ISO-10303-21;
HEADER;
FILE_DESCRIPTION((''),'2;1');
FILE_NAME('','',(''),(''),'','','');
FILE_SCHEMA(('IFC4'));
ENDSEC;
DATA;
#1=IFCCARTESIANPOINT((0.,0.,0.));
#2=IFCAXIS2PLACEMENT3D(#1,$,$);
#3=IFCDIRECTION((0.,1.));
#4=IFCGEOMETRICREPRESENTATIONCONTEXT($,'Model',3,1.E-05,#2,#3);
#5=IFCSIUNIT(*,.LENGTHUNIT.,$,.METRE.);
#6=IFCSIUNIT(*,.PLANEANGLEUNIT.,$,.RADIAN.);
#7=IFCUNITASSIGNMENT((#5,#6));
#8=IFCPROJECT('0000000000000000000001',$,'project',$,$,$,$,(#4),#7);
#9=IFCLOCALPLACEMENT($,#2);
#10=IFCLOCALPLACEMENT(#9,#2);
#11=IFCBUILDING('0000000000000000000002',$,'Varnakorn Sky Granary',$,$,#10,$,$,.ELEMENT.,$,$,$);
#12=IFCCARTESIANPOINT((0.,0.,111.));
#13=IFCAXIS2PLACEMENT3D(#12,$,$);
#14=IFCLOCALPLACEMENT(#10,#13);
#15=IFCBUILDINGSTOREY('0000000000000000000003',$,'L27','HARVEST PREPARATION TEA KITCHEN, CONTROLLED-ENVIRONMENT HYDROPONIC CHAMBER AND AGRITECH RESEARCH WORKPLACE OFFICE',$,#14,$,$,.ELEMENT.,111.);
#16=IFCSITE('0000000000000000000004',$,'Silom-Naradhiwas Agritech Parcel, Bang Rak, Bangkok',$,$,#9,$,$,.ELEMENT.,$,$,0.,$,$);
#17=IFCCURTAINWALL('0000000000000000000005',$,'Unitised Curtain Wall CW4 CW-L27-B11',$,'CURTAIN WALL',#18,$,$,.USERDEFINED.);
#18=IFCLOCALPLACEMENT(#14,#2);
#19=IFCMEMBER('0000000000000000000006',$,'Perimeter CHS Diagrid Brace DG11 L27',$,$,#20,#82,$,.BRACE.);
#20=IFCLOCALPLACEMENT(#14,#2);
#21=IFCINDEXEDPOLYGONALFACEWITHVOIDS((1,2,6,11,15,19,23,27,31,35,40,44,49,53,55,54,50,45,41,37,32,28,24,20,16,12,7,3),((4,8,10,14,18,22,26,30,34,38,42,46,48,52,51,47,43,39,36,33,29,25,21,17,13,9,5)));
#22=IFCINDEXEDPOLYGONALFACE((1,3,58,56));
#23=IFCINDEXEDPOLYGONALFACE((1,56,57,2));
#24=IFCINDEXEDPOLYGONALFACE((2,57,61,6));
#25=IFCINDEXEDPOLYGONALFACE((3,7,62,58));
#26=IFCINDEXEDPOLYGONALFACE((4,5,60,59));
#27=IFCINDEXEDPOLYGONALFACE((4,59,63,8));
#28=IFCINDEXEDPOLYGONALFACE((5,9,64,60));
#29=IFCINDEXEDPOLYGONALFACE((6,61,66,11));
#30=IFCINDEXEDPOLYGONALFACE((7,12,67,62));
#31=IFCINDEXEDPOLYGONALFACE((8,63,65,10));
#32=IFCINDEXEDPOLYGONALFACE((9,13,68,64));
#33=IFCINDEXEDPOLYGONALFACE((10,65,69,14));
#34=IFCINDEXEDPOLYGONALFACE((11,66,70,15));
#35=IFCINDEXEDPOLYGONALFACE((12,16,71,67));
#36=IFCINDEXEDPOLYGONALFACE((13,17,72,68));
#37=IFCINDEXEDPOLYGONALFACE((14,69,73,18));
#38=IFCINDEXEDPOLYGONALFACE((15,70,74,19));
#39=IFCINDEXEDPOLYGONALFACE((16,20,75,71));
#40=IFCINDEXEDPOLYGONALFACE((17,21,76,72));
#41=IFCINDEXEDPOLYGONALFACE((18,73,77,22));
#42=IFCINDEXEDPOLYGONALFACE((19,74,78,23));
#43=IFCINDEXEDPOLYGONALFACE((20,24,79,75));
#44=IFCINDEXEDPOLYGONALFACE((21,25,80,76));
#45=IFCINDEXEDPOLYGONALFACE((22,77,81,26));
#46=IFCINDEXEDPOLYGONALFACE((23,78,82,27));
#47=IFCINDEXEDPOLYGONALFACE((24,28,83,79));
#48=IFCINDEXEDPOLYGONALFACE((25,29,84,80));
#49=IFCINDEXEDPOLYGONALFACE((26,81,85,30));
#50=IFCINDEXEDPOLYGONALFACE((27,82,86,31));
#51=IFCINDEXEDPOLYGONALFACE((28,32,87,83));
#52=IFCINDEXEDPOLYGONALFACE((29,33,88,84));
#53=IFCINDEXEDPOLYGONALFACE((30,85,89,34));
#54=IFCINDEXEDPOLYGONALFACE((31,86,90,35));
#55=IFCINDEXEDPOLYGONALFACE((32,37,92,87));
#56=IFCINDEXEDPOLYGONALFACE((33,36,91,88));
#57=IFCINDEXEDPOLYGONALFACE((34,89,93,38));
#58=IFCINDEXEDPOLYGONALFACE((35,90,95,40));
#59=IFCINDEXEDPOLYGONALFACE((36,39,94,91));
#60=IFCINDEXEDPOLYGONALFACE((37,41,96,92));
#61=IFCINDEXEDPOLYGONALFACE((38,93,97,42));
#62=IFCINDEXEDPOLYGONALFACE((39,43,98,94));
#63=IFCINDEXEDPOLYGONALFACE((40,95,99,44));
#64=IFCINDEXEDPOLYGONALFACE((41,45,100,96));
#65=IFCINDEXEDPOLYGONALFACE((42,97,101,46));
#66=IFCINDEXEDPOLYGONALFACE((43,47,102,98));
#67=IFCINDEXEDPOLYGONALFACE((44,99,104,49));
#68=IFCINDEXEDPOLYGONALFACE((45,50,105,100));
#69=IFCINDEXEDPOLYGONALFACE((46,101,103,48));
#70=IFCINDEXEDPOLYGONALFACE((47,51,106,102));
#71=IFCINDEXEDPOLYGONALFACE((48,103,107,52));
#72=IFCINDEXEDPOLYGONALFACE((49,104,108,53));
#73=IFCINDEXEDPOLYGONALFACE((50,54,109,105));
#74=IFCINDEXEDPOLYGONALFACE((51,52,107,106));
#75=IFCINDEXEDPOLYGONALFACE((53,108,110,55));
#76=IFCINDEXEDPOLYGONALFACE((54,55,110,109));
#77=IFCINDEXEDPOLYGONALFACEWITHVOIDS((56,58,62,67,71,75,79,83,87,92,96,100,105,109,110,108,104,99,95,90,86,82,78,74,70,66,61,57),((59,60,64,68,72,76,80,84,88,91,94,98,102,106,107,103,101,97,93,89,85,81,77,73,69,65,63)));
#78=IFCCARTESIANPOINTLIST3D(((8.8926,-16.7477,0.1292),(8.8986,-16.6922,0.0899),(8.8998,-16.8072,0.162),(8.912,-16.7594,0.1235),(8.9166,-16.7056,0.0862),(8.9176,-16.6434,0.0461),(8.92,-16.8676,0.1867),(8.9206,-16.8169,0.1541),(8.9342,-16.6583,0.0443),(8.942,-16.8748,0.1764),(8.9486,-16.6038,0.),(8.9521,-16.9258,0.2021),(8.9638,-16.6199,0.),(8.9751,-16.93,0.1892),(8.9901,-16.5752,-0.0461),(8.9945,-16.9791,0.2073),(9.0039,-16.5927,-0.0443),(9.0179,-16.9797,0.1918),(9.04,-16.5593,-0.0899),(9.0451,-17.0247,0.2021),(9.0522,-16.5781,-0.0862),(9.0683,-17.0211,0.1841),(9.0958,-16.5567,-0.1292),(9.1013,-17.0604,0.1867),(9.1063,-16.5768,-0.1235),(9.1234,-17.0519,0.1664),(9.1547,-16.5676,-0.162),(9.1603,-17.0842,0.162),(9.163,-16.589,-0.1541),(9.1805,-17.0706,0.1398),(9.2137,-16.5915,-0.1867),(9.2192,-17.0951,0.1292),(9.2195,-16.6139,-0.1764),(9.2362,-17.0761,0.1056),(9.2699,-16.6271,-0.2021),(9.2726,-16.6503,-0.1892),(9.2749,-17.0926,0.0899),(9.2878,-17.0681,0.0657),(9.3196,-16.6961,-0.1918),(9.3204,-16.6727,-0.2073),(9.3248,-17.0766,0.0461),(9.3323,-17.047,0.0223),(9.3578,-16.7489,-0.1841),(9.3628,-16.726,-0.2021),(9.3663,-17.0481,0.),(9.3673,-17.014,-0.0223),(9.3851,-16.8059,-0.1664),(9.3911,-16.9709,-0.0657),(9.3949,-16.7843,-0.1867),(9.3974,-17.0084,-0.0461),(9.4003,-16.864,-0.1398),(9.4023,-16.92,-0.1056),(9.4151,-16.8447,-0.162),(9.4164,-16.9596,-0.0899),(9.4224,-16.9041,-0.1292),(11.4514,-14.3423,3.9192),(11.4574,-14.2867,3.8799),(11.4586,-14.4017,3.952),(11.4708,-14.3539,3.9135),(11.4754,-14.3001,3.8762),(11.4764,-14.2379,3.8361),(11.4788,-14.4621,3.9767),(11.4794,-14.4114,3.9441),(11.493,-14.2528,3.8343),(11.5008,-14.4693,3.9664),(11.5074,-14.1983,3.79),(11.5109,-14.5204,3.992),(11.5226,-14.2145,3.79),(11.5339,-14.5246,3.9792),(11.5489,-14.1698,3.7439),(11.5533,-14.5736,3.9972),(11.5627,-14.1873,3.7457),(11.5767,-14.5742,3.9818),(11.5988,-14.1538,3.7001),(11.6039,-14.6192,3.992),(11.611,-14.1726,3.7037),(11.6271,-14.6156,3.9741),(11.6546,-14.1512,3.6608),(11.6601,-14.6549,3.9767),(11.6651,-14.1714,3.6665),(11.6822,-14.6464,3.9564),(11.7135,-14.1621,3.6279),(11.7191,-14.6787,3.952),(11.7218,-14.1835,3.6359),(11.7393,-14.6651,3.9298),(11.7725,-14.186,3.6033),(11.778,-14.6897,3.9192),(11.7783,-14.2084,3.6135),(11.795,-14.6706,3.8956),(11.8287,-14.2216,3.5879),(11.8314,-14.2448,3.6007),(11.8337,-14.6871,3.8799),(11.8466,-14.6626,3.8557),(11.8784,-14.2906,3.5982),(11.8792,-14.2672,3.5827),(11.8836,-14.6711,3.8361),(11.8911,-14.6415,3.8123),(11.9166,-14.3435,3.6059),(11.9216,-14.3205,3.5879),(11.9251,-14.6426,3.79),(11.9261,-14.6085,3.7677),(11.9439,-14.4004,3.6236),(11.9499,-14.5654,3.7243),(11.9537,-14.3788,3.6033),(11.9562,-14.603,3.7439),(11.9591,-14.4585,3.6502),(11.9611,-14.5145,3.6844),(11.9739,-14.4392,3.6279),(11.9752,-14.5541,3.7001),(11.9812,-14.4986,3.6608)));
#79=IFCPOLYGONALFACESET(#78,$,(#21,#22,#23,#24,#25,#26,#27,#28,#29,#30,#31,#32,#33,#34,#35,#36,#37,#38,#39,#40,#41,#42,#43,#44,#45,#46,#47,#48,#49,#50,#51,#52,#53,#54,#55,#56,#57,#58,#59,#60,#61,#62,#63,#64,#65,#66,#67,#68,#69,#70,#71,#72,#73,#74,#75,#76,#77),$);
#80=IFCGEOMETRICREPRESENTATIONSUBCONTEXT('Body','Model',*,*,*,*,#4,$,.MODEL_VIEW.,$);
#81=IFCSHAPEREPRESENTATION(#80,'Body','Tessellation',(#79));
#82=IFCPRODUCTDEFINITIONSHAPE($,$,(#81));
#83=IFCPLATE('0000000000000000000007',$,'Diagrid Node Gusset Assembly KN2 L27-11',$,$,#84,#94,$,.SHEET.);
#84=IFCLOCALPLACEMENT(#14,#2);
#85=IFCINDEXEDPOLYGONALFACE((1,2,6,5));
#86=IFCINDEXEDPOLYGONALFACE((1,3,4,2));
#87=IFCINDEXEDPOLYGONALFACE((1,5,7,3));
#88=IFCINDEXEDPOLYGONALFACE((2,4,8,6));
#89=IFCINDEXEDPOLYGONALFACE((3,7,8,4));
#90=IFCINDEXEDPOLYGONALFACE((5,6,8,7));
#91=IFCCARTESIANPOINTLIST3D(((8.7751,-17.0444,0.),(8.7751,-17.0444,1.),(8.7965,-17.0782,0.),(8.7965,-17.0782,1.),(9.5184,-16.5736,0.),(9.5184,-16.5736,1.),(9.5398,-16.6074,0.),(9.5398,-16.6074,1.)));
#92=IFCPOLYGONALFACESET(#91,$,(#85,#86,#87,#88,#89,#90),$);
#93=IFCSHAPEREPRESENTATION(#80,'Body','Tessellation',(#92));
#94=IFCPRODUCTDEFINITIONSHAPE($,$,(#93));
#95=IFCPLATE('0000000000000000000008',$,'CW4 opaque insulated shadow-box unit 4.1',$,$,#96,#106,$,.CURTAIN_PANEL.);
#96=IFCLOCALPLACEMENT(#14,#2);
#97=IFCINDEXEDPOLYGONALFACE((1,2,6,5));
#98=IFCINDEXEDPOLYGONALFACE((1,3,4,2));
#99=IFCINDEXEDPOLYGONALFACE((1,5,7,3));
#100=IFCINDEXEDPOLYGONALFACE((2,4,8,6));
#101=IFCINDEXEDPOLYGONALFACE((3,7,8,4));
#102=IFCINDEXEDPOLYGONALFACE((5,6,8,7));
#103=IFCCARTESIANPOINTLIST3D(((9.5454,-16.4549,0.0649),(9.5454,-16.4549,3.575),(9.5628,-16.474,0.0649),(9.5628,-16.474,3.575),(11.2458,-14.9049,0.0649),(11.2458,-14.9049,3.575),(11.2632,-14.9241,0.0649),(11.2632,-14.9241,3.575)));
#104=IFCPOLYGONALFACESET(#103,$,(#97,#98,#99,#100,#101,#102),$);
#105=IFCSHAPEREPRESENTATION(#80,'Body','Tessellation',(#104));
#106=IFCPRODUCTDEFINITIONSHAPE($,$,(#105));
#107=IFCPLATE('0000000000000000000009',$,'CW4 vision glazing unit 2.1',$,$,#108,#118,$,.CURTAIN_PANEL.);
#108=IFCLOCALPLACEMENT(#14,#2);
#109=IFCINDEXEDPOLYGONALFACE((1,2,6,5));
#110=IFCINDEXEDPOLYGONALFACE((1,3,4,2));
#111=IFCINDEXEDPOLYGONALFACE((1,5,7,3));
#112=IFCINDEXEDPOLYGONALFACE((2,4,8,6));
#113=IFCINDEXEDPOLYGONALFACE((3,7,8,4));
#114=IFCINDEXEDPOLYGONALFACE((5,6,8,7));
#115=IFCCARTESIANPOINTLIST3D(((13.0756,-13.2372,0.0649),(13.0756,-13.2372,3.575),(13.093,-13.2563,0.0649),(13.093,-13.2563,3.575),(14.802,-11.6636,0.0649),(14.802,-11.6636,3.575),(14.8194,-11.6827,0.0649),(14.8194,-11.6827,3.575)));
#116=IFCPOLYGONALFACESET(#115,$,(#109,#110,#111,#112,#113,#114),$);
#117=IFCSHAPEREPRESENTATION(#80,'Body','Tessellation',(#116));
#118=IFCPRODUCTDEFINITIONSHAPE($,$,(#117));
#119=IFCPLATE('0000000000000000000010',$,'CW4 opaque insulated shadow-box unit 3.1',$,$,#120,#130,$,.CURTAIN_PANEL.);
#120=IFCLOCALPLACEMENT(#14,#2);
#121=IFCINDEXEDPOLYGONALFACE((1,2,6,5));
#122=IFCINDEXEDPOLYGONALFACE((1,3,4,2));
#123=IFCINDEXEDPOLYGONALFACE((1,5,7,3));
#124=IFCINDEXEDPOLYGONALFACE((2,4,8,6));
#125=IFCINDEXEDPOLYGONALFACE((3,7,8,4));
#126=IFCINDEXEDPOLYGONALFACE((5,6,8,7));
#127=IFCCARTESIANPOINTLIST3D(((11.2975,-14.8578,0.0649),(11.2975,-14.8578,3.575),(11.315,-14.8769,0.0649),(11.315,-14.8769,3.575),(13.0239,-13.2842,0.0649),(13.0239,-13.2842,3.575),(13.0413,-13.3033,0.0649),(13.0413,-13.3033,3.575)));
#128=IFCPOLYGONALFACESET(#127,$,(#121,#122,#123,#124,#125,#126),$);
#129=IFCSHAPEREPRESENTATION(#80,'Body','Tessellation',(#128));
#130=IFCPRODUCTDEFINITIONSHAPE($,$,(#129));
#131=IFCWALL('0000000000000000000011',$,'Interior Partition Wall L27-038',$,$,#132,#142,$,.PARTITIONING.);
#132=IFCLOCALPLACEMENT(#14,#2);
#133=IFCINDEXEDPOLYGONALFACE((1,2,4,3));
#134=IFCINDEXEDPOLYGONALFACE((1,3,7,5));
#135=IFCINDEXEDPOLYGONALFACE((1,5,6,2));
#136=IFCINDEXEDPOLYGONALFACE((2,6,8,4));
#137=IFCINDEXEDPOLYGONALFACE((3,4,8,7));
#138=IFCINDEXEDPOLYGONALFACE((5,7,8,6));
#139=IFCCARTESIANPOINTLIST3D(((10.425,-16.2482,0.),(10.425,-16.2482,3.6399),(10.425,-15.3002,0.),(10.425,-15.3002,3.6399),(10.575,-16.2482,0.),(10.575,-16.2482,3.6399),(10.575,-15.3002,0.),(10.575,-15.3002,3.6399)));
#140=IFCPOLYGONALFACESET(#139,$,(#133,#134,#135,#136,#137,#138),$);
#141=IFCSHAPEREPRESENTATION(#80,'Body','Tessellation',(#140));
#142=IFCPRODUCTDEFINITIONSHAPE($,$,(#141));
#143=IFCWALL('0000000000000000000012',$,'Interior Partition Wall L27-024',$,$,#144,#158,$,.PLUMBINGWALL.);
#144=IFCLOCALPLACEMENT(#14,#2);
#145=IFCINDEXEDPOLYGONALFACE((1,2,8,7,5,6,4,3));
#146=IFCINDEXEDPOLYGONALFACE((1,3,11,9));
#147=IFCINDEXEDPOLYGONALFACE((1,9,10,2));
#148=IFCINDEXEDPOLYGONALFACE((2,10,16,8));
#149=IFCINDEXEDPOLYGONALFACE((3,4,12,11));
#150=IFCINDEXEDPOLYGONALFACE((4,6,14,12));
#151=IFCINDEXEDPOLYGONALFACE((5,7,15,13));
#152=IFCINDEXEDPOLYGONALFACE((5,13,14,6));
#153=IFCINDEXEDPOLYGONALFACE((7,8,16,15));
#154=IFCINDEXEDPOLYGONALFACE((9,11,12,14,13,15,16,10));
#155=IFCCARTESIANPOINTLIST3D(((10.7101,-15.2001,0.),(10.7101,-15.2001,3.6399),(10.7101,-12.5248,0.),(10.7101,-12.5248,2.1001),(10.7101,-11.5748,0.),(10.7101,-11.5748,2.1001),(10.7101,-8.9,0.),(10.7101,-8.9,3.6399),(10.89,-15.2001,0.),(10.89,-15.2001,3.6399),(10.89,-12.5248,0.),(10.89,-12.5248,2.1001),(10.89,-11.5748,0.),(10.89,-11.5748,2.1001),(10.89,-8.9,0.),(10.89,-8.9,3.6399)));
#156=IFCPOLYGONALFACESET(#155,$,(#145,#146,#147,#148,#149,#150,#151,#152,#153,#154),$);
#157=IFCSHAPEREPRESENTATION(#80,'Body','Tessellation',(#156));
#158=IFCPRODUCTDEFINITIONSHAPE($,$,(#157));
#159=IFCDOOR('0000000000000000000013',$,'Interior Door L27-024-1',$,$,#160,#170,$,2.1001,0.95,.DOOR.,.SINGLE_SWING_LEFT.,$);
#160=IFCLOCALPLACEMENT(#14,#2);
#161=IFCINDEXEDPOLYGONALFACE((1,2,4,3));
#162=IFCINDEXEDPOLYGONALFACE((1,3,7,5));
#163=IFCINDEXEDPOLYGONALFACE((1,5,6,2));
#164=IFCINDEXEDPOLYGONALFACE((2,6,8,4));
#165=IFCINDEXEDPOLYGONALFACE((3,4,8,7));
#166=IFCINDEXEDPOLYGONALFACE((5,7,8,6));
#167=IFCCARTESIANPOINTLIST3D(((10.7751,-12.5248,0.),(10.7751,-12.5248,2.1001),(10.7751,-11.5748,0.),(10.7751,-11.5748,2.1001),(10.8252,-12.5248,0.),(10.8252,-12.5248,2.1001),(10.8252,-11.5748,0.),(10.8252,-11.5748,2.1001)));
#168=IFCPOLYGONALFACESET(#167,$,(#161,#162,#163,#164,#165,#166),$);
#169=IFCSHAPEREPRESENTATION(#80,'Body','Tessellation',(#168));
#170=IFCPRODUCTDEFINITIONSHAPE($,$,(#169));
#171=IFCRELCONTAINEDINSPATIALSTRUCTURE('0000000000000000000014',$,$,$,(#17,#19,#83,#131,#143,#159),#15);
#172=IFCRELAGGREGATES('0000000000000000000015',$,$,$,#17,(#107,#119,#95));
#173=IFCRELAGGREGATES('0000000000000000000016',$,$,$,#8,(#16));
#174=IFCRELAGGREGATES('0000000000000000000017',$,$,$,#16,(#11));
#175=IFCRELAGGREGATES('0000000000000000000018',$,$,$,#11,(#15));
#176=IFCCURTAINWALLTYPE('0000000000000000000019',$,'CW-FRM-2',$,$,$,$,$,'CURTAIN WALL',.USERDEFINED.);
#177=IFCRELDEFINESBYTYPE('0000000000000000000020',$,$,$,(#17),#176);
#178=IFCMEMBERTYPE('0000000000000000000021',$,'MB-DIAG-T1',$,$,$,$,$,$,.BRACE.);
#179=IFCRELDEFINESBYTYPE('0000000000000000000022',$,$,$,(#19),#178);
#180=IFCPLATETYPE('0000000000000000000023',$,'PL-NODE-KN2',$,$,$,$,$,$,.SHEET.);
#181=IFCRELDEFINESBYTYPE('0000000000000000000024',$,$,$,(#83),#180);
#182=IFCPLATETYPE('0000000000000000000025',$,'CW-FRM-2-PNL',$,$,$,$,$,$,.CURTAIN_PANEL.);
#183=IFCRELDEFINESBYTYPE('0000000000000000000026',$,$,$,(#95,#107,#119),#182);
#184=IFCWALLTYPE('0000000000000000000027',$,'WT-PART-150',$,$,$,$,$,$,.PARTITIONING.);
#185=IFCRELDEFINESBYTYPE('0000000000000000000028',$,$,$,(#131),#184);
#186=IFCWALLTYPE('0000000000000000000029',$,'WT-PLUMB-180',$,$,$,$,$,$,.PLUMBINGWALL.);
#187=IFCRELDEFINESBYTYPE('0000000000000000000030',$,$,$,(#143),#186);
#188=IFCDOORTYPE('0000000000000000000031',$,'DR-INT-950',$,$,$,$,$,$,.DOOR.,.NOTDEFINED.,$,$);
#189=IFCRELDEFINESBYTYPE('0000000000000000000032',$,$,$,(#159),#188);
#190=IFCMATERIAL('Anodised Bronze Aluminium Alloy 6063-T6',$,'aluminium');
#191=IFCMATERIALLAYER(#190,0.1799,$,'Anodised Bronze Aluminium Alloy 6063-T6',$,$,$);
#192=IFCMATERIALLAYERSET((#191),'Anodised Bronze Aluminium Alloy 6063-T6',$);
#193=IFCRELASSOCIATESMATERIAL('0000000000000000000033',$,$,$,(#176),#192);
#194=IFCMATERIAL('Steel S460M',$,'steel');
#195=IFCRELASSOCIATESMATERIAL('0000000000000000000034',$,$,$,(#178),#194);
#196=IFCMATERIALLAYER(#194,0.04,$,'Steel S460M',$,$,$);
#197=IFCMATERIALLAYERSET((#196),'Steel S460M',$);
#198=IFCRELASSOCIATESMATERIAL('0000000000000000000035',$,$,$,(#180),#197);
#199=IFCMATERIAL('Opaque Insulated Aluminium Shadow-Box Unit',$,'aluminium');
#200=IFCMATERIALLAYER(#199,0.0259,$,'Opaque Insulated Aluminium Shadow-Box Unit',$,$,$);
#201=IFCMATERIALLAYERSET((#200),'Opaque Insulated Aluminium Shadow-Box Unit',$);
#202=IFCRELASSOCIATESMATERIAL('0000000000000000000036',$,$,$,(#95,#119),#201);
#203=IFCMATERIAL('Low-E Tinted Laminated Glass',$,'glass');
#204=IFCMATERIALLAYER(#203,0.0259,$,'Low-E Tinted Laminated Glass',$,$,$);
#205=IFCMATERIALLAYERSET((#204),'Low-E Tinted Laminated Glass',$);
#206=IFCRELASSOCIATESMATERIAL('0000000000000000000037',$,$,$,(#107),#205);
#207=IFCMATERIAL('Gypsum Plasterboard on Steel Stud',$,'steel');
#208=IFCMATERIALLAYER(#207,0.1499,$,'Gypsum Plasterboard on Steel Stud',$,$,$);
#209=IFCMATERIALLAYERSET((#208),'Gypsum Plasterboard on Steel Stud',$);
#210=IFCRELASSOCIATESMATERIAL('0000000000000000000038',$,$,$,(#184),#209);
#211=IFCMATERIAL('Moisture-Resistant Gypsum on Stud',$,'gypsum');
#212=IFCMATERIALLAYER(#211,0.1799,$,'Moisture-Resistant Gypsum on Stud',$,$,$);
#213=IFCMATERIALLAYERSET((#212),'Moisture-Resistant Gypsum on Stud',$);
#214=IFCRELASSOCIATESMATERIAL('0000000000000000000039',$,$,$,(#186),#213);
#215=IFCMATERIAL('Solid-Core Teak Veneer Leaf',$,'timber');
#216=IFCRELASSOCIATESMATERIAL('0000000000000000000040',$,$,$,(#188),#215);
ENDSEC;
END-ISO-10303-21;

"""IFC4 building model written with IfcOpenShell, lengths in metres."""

from ifc_helpers import new_model, si_unit, direction, frame, frame_2d, origin, origin_2d, place, context, subcontext, project, spatial, rectangle, hollow_circle, extrude, source, transform, mapped, material, layer, layer_set, material_profile, profile_set, type_object, type_shapes, element, fill, aggregate, save


model = new_model("IFC4")

# Units and contexts
model_context = context("Model", 3, precision=1e-05, world=origin(), true_north=direction((0.0, 1.0)))
body_context = subcontext(model_context, "Body", "Model", "MODEL_VIEW")
ifc_project = project(units=[si_unit("LENGTHUNIT", "METRE"), si_unit("PLANEANGLEUNIT", "RADIAN")], contexts=[model_context])

# Site, building, storey
site_placement = place(None, origin())
site = spatial("IfcSite", under=ifc_project, at=site_placement, Name="Silom-Naradhiwas Agritech Parcel, Bang Rak, Bangkok", CompositionType="ELEMENT", RefElevation=0.0)
building_placement = place(site_placement, origin())
building = spatial("IfcBuilding", under=site, at=building_placement, Name="Varnakorn Sky Granary", CompositionType="ELEMENT")
storey_placement = place(building_placement, frame((0.0, 0.0, 111.0)))
storey = spatial("IfcBuildingStorey", under=building, at=storey_placement, Name="L27", Description="HARVEST PREPARATION TEA KITCHEN, CONTROLLED-ENVIRONMENT HYDROPONIC CHAMBER AND AGRITECH RESEARCH WORKPLACE OFFICE", CompositionType="ELEMENT", Elevation=111.0)

# Shared definitions
ifc_material_1 = material(Name="Steel S460M", Category="steel")

# Curtain wall
ifc_material_2 = material(Name="Anodised Bronze Aluminium Alloy 6063-T6", Category="aluminium")
ifc_layer_1 = layer(ifc_material_2, 0.1799, Name="Anodised Bronze Aluminium Alloy 6063-T6")
ifc_layer_set_1 = layer_set([ifc_layer_1], Name="Anodised Bronze Aluminium Alloy 6063-T6")
curtain_wall_type = type_object("IfcCurtainWallType", Name="CW-FRM-2", ElementType="CURTAIN WALL", PredefinedType="USERDEFINED", material=ifc_layer_set_1)
curtain_wall_placement = place(storey_placement, origin())
curtain_wall = element("IfcCurtainWall", 1, at=curtain_wall_placement, inside=storey, type_object=curtain_wall_type, Name="Unitised Curtain Wall CW4 CW-L27-B11", ObjectType="CURTAIN WALL", PredefinedType="USERDEFINED")

# Member
ifc_material_profile_1 = material_profile(ifc_material_1, hollow_circle(Radius=0.3049, WallThickness=0.0222, at=origin_2d()), Name="CHS 610x22")
ifc_profile_set_1 = profile_set([ifc_material_profile_1], Name="Steel S460M")
member_type_1 = type_object("IfcMemberType", Name="MB-DIAG-T1", PredefinedType="BRACE", material=ifc_profile_set_1)
member_1_placement = place(storey_placement, frame((9.1575, -16.8259, 0.0), z_axis=(0.495221, 0.465548, 0.733499), x_axis=(-0.684942, 0.728598, 0.0)))
element("IfcMember", 2, at=member_1_placement, inside=storey, type_object=member_type_1, Name="Perimeter CHS Diagrid Brace DG11 L27", PredefinedType="BRACE", context=body_context, shape_type="SweptSolid", body=[
    extrude(hollow_circle(Radius=0.3049, WallThickness=0.0222, at=origin_2d()), origin(), (0.0, 0.0, 1.0), 5.167),
])

# Plates
ifc_layer_2 = layer(ifc_material_1, 0.04, Name="Steel S460M")
ifc_layer_set_2 = layer_set([ifc_layer_2], Name="Steel S460M")
plate_type_1 = type_object("IfcPlateType", Name="PL-NODE-KN2", PredefinedType="SHEET", material=ifc_layer_set_2)
plate_1_placement = place(storey_placement, frame((9.1575, -16.8259, 0.0), z_axis=(0.0, 0.0, 1.0), x_axis=(0.844796, 0.535089, 0.0)))
element("IfcPlate", 3, at=plate_1_placement, inside=storey, type_object=plate_type_1, Name="Diagrid Node Gusset Assembly KN2 L27-11", PredefinedType="SHEET", context=body_context, shape_type="SweptSolid", body=[
    extrude(rectangle(XDim=0.8799, YDim=0.04, at=origin_2d()), origin(), (0.0, 0.0, 1.0), 1.0),
])
ifc_material_3 = material(Name="Opaque Insulated Aluminium Shadow-Box Unit", Category="aluminium")
ifc_layer_3 = layer(ifc_material_3, 0.0259, Name="Opaque Insulated Aluminium Shadow-Box Unit")
ifc_layer_set_3 = layer_set([ifc_layer_3], Name="Opaque Insulated Aluminium Shadow-Box Unit")
plate_type_2 = type_object("IfcPlateType", Name="CW-FRM-2-PNL", PredefinedType="CURTAIN_PANEL")
shared_shape_1 = source(origin(), body_context, "Body", "SweptSolid", [
    extrude(rectangle(XDim=2.3008, YDim=0.0259, at=origin_2d()), origin(), (0.0, 0.0, 1.0), 3.51),
])
plate_2_placement = place(storey_placement, frame((10.4043, -15.6895, 0.0649), z_axis=(0.0, 0.0, 1.0), x_axis=(-0.739047, -0.673654, 0.0)))
plate_2 = element("IfcPlate", 4, at=plate_2_placement, type_object=plate_type_2, material=ifc_layer_set_3, Name="CW4 opaque insulated shadow-box unit 4.1", PredefinedType="CURTAIN_PANEL", context=body_context, shape_type="MappedRepresentation", body=[
    mapped(shared_shape_1, transform((0.0, 0.0, 0.0), x_axis=(1.0, 0.0, 0.0), y_axis=(0.0, 1.0, 0.0), z_axis=(0.0, 0.0, 1.0), scale=1.0)),
])
ifc_material_4 = material(Name="Low-E Tinted Laminated Glass", Category="glass")
ifc_layer_4 = layer(ifc_material_4, 0.0259, Name="Low-E Tinted Laminated Glass")
ifc_layer_set_4 = layer_set([ifc_layer_4], Name="Low-E Tinted Laminated Glass")
shared_shape_2 = source(origin(), body_context, "Body", "SweptSolid", [
    extrude(rectangle(XDim=2.3359, YDim=0.0259, at=origin_2d()), origin(), (0.0, 0.0, 1.0), 3.51),
])
type_shapes(plate_type_2, [shared_shape_1, shared_shape_2])
plate_3_placement = place(storey_placement, frame((13.9475, -12.46, 0.0649), z_axis=(0.0, 0.0, 1.0), x_axis=(-0.739047, -0.673654, 0.0)))
plate_3 = element("IfcPlate", 5, at=plate_3_placement, type_object=plate_type_2, material=ifc_layer_set_4, Name="CW4 vision glazing unit 2.1", PredefinedType="CURTAIN_PANEL", context=body_context, shape_type="MappedRepresentation", body=[
    mapped(shared_shape_2, transform((0.0, 0.0, 0.0), x_axis=(1.0, 0.0, 0.0), y_axis=(0.0, 1.0, 0.0), z_axis=(0.0, 0.0, 1.0), scale=1.0)),
])
plate_4_placement = place(storey_placement, frame((12.1694, -14.0806, 0.0649), z_axis=(0.0, 0.0, 1.0), x_axis=(-0.739047, -0.673654, 0.0)))
plate_4 = element("IfcPlate", 6, at=plate_4_placement, type_object=plate_type_2, material=ifc_layer_set_3, Name="CW4 opaque insulated shadow-box unit 3.1", PredefinedType="CURTAIN_PANEL", context=body_context, shape_type="MappedRepresentation", body=[
    mapped(shared_shape_2, transform((0.0, 0.0, 0.0), x_axis=(1.0, 0.0, 0.0), y_axis=(0.0, 1.0, 0.0), z_axis=(0.0, 0.0, 1.0), scale=1.0)),
])
aggregate(curtain_wall, [plate_3, plate_4, plate_2])

# Wall
ifc_material_5 = material(Name="Gypsum Plasterboard on Steel Stud", Category="steel")
ifc_layer_5 = layer(ifc_material_5, 0.1499, Name="Gypsum Plasterboard on Steel Stud")
ifc_layer_set_5 = layer_set([ifc_layer_5], Name="Gypsum Plasterboard on Steel Stud")
wall_type_1 = type_object("IfcWallType", Name="WT-PART-150", PredefinedType="PARTITIONING", material=ifc_layer_set_5)
wall_1_placement = place(storey_placement, frame((10.5, -15.3, 0.0), z_axis=(0.0, 0.0, 1.0), x_axis=(0.0, -1.0, 0.0)))
element("IfcWall", 7, at=wall_1_placement, inside=storey, type_object=wall_type_1, Name="Interior Partition Wall L27-038", PredefinedType="PARTITIONING", context=body_context, shape_type="SweptSolid", body=[
    extrude(rectangle(XDim=0.948, YDim=0.1499, at=frame_2d((0.4741, 0.0))), origin(), (0.0, 0.0, 1.0), 3.6399),
])

# Wall, opening, door
ifc_material_6 = material(Name="Moisture-Resistant Gypsum on Stud", Category="gypsum")
ifc_layer_6 = layer(ifc_material_6, 0.1799, Name="Moisture-Resistant Gypsum on Stud")
ifc_layer_set_6 = layer_set([ifc_layer_6], Name="Moisture-Resistant Gypsum on Stud")
wall_type_2 = type_object("IfcWallType", Name="WT-PLUMB-180", PredefinedType="PLUMBINGWALL", material=ifc_layer_set_6)
wall_2_placement = place(storey_placement, frame((10.8, -15.2, 0.0), z_axis=(0.0, 0.0, 1.0), x_axis=(0.0, 1.0, 0.0)))
wall_2 = element("IfcWall", 8, at=wall_2_placement, inside=storey, type_object=wall_type_2, Name="Interior Partition Wall L27-024", PredefinedType="PLUMBINGWALL", context=body_context, shape_type="SweptSolid", body=[
    extrude(rectangle(XDim=6.3, YDim=0.1799, at=frame_2d((3.1499, 0.0))), origin(), (0.0, 0.0, 1.0), 3.6399),
])
opening_placement = place(wall_2_placement, frame((2.675, 0.0, 0.0)))
opening = element("IfcOpeningElement", 9, at=opening_placement, cuts=wall_2, PredefinedType="OPENING", context=body_context, shape_type="SweptSolid", body=[
    extrude(rectangle(XDim=0.95, YDim=2.1001, at=frame_2d((0.4751, 1.05))), frame((0.0, 0.1001, 0.0), z_axis=(0.0, -1.0, 0.0), x_axis=(1.0, 0.0, 0.0)), (0.0, 0.0, 1.0), 0.2),
])
ifc_material_7 = material(Name="Solid-Core Teak Veneer Leaf", Category="timber")
door_type = type_object("IfcDoorType", Name="DR-INT-950", OperationType="NOTDEFINED", PredefinedType="DOOR", material=ifc_material_7)
door_placement = place(opening_placement, origin())
door = element("IfcDoor", 10, at=door_placement, inside=storey, type_object=door_type, Name="Interior Door L27-024-1", OperationType="SINGLE_SWING_LEFT", OverallHeight=2.1001, OverallWidth=0.95, PredefinedType="DOOR", context=body_context, shape_type="SweptSolid", body=[
    extrude(rectangle(XDim=0.95, YDim=2.1001, at=frame_2d((0.4751, 1.05))), frame((0.0, 0.0249, 0.0), z_axis=(0.0, -1.0, 0.0), x_axis=(1.0, 0.0, 0.0)), (0.0, 0.0, 1.0), 0.05),
])
fill(opening, door)

save(model, "model.ifc")
